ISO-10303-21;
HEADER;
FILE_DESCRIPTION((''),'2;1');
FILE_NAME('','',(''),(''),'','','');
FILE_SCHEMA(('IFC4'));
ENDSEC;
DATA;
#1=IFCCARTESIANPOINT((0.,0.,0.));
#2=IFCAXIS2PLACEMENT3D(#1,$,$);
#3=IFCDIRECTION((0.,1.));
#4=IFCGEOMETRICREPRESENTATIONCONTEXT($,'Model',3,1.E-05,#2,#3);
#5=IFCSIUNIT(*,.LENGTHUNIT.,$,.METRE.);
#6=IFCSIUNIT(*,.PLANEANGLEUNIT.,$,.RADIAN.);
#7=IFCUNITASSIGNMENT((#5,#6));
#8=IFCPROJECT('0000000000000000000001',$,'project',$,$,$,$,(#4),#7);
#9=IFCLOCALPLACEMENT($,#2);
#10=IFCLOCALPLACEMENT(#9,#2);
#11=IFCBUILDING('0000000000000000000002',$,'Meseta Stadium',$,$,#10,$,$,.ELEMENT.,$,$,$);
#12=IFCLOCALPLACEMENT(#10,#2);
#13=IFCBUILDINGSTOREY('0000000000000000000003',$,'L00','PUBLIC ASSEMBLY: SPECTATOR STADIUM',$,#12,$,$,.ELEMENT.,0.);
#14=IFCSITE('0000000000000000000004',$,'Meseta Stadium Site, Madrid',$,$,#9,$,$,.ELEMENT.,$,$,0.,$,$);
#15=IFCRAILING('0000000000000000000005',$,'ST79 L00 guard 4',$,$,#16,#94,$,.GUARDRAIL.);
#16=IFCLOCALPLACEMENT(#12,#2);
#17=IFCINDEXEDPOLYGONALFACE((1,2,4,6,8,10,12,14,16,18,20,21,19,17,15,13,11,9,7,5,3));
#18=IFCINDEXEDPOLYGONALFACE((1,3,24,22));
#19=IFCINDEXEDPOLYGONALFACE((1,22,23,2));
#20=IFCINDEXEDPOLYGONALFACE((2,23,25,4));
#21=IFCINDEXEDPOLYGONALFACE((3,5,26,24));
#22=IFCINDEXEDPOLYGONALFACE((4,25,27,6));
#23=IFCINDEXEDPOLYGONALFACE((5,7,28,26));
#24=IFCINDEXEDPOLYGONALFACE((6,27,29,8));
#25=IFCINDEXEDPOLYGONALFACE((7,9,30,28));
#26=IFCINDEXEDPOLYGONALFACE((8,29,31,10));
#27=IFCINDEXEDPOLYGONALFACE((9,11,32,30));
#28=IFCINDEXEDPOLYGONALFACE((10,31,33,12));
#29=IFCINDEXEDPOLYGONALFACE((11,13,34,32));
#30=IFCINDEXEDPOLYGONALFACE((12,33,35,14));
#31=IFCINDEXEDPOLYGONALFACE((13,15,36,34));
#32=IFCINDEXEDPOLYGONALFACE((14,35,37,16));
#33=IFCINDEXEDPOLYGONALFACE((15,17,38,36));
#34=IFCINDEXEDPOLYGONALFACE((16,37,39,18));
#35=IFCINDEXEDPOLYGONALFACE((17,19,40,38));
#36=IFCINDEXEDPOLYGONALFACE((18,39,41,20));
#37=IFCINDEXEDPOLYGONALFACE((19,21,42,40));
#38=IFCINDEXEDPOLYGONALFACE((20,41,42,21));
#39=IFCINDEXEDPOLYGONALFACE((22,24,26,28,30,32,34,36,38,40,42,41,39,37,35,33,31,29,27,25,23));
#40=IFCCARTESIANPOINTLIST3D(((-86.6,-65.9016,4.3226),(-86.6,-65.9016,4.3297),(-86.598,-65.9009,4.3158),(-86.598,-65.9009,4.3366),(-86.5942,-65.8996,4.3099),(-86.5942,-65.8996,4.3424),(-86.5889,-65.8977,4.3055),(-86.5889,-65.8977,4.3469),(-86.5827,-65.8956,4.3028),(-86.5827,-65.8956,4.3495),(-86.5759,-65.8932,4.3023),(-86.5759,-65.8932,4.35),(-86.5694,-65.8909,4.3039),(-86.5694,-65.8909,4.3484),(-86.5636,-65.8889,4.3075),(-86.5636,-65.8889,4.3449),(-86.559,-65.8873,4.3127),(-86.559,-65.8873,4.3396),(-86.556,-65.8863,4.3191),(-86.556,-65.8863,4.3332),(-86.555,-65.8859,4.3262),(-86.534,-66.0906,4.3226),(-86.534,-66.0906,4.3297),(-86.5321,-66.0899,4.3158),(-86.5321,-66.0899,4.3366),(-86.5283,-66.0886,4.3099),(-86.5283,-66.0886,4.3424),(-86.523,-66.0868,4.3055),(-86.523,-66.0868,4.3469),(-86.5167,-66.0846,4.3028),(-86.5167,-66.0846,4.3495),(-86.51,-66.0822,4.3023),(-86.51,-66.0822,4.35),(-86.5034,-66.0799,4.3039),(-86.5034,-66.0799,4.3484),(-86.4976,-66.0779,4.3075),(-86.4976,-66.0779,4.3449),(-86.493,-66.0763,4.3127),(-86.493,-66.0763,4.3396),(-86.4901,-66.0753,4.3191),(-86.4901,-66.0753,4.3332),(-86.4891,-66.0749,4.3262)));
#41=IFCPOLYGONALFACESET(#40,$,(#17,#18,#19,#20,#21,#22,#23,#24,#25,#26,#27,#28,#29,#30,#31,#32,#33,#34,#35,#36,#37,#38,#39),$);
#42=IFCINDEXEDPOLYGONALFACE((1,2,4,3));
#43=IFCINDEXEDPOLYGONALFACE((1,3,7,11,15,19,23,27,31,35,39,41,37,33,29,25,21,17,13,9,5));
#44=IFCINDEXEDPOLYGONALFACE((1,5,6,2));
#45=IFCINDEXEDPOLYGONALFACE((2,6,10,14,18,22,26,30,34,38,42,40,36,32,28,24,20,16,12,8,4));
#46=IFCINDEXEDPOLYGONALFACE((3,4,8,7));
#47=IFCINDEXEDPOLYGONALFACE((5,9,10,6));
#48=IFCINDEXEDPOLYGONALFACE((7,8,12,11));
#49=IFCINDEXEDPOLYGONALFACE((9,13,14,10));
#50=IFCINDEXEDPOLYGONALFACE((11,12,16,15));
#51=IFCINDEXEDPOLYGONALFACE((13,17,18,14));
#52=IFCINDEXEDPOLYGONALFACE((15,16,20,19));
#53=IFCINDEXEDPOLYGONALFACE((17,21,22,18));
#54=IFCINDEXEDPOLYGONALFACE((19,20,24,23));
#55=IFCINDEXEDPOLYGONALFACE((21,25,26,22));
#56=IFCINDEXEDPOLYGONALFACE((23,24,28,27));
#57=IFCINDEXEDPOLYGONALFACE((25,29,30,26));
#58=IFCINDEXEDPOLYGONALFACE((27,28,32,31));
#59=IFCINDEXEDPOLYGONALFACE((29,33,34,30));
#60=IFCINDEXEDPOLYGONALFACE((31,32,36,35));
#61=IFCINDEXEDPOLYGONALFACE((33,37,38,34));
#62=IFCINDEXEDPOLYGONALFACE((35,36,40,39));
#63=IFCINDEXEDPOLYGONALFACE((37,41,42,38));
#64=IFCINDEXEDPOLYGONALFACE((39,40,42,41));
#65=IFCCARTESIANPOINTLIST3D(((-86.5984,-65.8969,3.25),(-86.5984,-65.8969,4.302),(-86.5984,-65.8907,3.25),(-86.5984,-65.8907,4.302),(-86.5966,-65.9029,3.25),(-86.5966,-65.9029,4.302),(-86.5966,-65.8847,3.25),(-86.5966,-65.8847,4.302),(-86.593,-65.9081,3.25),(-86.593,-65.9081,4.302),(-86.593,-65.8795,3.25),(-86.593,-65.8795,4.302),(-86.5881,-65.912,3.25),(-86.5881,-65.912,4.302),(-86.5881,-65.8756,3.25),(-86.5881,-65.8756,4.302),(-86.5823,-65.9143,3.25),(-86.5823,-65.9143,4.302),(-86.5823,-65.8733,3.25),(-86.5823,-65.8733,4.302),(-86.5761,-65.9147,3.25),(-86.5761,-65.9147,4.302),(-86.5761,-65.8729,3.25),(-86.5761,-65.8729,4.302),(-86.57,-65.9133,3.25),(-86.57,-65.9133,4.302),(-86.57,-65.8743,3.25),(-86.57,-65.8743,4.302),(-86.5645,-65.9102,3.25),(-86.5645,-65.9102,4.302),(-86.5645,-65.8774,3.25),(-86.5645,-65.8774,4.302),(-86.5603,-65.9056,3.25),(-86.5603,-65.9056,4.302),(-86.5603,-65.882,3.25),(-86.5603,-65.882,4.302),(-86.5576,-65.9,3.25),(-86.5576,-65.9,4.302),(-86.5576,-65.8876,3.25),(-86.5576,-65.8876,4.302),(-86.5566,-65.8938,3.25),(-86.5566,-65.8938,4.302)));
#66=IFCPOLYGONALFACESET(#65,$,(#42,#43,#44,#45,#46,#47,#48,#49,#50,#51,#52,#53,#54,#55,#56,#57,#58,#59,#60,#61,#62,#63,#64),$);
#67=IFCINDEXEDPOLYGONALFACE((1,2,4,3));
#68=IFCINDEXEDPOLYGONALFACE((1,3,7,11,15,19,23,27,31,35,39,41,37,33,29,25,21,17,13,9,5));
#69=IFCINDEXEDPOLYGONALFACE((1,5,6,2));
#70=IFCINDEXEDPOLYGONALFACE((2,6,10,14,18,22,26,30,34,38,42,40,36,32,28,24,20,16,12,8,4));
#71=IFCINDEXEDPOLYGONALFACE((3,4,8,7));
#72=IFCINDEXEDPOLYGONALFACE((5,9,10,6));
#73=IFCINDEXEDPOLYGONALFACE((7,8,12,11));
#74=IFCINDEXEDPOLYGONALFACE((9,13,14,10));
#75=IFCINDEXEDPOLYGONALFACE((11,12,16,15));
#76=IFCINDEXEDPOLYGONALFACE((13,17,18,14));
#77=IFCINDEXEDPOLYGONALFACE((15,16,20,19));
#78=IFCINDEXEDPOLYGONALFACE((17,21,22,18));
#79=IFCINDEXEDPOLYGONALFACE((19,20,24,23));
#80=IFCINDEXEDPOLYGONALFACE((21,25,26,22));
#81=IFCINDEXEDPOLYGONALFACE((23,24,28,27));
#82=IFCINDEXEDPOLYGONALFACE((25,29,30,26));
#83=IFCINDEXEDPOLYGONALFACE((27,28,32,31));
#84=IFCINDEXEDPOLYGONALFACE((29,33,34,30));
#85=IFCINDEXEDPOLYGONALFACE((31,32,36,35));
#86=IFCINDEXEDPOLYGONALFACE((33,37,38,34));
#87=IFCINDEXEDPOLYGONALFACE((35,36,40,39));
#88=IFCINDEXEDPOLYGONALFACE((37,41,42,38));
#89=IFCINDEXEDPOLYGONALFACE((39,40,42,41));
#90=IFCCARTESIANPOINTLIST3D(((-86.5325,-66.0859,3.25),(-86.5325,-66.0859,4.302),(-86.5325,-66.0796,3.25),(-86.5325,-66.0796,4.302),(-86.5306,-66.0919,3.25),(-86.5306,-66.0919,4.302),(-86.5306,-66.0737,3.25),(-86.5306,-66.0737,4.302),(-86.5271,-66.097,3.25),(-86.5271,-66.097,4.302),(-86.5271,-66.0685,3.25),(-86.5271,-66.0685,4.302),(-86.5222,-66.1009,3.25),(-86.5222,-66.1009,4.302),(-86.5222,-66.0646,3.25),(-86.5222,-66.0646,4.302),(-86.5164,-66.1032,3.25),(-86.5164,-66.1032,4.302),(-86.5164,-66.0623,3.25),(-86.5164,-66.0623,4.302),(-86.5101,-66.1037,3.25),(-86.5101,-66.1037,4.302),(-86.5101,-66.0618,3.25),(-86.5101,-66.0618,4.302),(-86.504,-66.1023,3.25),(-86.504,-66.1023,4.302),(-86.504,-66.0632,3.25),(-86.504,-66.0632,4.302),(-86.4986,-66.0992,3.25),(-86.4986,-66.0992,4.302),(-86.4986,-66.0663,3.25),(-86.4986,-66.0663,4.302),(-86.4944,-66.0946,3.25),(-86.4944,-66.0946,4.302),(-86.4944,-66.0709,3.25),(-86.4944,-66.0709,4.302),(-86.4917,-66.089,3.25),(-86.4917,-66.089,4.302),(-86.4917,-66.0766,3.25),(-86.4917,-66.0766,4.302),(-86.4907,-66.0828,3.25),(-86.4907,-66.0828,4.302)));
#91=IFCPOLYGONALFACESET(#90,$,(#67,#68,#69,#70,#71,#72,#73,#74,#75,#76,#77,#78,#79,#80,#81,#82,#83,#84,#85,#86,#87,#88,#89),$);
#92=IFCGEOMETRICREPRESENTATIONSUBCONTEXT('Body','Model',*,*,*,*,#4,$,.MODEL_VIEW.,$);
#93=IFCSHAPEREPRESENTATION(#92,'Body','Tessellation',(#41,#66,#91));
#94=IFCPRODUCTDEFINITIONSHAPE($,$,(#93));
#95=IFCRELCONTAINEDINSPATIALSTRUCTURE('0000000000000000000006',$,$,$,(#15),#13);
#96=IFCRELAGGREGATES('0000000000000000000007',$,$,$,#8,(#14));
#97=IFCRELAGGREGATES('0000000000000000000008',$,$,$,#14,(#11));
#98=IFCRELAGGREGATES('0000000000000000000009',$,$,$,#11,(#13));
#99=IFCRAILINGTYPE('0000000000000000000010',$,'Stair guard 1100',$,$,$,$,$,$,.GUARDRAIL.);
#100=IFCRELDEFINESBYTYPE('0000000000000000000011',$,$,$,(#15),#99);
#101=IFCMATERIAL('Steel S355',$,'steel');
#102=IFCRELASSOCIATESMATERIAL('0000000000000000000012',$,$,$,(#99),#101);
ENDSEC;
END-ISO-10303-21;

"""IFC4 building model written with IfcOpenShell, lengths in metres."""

from ifc_helpers import new_model, si_unit, direction, frame, origin, origin_2d, place, context, subcontext, project, spatial, circle, extrude, material, type_object, element, save


model = new_model("IFC4")

# Units and contexts
model_context = context("Model", 3, precision=1e-05, world=origin(), true_north=direction((0.0, 1.0)))
body_context = subcontext(model_context, "Body", "Model", "MODEL_VIEW")
ifc_project = project(units=[si_unit("LENGTHUNIT", "METRE"), si_unit("PLANEANGLEUNIT", "RADIAN")], contexts=[model_context])

# Site, building, storey
site_placement = place(None, origin())
site = spatial("IfcSite", under=ifc_project, at=site_placement, Name="Meseta Stadium Site, Madrid", CompositionType="ELEMENT", RefElevation=0.0)
building_placement = place(site_placement, origin())
building = spatial("IfcBuilding", under=site, at=building_placement, Name="Meseta Stadium", CompositionType="ELEMENT")
storey_placement = place(building_placement, origin())
storey = spatial("IfcBuildingStorey", under=building, at=storey_placement, Name="L00", Description="PUBLIC ASSEMBLY: SPECTATOR STADIUM", CompositionType="ELEMENT", Elevation=0.0)

# Railing
ifc_material_1 = material(Name="Steel S355", Category="steel")
railing_type_1 = type_object("IfcRailingType", Name="Stair guard 1100", PredefinedType="GUARDRAIL", material=ifc_material_1)
railing_1_placement = place(storey_placement, frame((-86.5776, -65.8938, 3.25)))
element("IfcRailing", 1, at=railing_1_placement, inside=storey, type_object=railing_type_1, Name="ST79 L00 guard 4", PredefinedType="GUARDRAIL", context=body_context, shape_type="SweptSolid", body=[
    extrude(circle(Radius=0.0239, at=origin_2d()), frame((0.0, 0.0, 1.0762), z_axis=(0.329372, -0.9442, 0.0), x_axis=(0.9442, 0.329372, 0.0)), (0.0, 0.0, 1.0), 0.2002),
    extrude(circle(Radius=0.021, at=origin_2d()), origin(), (0.0, 0.0, 1.0), 1.052),
    extrude(circle(Radius=0.021, at=origin_2d()), frame((0.0659, -0.189, 0.0)), (0.0, 0.0, 1.0), 1.052),
])

save(model, "model.ifc")
